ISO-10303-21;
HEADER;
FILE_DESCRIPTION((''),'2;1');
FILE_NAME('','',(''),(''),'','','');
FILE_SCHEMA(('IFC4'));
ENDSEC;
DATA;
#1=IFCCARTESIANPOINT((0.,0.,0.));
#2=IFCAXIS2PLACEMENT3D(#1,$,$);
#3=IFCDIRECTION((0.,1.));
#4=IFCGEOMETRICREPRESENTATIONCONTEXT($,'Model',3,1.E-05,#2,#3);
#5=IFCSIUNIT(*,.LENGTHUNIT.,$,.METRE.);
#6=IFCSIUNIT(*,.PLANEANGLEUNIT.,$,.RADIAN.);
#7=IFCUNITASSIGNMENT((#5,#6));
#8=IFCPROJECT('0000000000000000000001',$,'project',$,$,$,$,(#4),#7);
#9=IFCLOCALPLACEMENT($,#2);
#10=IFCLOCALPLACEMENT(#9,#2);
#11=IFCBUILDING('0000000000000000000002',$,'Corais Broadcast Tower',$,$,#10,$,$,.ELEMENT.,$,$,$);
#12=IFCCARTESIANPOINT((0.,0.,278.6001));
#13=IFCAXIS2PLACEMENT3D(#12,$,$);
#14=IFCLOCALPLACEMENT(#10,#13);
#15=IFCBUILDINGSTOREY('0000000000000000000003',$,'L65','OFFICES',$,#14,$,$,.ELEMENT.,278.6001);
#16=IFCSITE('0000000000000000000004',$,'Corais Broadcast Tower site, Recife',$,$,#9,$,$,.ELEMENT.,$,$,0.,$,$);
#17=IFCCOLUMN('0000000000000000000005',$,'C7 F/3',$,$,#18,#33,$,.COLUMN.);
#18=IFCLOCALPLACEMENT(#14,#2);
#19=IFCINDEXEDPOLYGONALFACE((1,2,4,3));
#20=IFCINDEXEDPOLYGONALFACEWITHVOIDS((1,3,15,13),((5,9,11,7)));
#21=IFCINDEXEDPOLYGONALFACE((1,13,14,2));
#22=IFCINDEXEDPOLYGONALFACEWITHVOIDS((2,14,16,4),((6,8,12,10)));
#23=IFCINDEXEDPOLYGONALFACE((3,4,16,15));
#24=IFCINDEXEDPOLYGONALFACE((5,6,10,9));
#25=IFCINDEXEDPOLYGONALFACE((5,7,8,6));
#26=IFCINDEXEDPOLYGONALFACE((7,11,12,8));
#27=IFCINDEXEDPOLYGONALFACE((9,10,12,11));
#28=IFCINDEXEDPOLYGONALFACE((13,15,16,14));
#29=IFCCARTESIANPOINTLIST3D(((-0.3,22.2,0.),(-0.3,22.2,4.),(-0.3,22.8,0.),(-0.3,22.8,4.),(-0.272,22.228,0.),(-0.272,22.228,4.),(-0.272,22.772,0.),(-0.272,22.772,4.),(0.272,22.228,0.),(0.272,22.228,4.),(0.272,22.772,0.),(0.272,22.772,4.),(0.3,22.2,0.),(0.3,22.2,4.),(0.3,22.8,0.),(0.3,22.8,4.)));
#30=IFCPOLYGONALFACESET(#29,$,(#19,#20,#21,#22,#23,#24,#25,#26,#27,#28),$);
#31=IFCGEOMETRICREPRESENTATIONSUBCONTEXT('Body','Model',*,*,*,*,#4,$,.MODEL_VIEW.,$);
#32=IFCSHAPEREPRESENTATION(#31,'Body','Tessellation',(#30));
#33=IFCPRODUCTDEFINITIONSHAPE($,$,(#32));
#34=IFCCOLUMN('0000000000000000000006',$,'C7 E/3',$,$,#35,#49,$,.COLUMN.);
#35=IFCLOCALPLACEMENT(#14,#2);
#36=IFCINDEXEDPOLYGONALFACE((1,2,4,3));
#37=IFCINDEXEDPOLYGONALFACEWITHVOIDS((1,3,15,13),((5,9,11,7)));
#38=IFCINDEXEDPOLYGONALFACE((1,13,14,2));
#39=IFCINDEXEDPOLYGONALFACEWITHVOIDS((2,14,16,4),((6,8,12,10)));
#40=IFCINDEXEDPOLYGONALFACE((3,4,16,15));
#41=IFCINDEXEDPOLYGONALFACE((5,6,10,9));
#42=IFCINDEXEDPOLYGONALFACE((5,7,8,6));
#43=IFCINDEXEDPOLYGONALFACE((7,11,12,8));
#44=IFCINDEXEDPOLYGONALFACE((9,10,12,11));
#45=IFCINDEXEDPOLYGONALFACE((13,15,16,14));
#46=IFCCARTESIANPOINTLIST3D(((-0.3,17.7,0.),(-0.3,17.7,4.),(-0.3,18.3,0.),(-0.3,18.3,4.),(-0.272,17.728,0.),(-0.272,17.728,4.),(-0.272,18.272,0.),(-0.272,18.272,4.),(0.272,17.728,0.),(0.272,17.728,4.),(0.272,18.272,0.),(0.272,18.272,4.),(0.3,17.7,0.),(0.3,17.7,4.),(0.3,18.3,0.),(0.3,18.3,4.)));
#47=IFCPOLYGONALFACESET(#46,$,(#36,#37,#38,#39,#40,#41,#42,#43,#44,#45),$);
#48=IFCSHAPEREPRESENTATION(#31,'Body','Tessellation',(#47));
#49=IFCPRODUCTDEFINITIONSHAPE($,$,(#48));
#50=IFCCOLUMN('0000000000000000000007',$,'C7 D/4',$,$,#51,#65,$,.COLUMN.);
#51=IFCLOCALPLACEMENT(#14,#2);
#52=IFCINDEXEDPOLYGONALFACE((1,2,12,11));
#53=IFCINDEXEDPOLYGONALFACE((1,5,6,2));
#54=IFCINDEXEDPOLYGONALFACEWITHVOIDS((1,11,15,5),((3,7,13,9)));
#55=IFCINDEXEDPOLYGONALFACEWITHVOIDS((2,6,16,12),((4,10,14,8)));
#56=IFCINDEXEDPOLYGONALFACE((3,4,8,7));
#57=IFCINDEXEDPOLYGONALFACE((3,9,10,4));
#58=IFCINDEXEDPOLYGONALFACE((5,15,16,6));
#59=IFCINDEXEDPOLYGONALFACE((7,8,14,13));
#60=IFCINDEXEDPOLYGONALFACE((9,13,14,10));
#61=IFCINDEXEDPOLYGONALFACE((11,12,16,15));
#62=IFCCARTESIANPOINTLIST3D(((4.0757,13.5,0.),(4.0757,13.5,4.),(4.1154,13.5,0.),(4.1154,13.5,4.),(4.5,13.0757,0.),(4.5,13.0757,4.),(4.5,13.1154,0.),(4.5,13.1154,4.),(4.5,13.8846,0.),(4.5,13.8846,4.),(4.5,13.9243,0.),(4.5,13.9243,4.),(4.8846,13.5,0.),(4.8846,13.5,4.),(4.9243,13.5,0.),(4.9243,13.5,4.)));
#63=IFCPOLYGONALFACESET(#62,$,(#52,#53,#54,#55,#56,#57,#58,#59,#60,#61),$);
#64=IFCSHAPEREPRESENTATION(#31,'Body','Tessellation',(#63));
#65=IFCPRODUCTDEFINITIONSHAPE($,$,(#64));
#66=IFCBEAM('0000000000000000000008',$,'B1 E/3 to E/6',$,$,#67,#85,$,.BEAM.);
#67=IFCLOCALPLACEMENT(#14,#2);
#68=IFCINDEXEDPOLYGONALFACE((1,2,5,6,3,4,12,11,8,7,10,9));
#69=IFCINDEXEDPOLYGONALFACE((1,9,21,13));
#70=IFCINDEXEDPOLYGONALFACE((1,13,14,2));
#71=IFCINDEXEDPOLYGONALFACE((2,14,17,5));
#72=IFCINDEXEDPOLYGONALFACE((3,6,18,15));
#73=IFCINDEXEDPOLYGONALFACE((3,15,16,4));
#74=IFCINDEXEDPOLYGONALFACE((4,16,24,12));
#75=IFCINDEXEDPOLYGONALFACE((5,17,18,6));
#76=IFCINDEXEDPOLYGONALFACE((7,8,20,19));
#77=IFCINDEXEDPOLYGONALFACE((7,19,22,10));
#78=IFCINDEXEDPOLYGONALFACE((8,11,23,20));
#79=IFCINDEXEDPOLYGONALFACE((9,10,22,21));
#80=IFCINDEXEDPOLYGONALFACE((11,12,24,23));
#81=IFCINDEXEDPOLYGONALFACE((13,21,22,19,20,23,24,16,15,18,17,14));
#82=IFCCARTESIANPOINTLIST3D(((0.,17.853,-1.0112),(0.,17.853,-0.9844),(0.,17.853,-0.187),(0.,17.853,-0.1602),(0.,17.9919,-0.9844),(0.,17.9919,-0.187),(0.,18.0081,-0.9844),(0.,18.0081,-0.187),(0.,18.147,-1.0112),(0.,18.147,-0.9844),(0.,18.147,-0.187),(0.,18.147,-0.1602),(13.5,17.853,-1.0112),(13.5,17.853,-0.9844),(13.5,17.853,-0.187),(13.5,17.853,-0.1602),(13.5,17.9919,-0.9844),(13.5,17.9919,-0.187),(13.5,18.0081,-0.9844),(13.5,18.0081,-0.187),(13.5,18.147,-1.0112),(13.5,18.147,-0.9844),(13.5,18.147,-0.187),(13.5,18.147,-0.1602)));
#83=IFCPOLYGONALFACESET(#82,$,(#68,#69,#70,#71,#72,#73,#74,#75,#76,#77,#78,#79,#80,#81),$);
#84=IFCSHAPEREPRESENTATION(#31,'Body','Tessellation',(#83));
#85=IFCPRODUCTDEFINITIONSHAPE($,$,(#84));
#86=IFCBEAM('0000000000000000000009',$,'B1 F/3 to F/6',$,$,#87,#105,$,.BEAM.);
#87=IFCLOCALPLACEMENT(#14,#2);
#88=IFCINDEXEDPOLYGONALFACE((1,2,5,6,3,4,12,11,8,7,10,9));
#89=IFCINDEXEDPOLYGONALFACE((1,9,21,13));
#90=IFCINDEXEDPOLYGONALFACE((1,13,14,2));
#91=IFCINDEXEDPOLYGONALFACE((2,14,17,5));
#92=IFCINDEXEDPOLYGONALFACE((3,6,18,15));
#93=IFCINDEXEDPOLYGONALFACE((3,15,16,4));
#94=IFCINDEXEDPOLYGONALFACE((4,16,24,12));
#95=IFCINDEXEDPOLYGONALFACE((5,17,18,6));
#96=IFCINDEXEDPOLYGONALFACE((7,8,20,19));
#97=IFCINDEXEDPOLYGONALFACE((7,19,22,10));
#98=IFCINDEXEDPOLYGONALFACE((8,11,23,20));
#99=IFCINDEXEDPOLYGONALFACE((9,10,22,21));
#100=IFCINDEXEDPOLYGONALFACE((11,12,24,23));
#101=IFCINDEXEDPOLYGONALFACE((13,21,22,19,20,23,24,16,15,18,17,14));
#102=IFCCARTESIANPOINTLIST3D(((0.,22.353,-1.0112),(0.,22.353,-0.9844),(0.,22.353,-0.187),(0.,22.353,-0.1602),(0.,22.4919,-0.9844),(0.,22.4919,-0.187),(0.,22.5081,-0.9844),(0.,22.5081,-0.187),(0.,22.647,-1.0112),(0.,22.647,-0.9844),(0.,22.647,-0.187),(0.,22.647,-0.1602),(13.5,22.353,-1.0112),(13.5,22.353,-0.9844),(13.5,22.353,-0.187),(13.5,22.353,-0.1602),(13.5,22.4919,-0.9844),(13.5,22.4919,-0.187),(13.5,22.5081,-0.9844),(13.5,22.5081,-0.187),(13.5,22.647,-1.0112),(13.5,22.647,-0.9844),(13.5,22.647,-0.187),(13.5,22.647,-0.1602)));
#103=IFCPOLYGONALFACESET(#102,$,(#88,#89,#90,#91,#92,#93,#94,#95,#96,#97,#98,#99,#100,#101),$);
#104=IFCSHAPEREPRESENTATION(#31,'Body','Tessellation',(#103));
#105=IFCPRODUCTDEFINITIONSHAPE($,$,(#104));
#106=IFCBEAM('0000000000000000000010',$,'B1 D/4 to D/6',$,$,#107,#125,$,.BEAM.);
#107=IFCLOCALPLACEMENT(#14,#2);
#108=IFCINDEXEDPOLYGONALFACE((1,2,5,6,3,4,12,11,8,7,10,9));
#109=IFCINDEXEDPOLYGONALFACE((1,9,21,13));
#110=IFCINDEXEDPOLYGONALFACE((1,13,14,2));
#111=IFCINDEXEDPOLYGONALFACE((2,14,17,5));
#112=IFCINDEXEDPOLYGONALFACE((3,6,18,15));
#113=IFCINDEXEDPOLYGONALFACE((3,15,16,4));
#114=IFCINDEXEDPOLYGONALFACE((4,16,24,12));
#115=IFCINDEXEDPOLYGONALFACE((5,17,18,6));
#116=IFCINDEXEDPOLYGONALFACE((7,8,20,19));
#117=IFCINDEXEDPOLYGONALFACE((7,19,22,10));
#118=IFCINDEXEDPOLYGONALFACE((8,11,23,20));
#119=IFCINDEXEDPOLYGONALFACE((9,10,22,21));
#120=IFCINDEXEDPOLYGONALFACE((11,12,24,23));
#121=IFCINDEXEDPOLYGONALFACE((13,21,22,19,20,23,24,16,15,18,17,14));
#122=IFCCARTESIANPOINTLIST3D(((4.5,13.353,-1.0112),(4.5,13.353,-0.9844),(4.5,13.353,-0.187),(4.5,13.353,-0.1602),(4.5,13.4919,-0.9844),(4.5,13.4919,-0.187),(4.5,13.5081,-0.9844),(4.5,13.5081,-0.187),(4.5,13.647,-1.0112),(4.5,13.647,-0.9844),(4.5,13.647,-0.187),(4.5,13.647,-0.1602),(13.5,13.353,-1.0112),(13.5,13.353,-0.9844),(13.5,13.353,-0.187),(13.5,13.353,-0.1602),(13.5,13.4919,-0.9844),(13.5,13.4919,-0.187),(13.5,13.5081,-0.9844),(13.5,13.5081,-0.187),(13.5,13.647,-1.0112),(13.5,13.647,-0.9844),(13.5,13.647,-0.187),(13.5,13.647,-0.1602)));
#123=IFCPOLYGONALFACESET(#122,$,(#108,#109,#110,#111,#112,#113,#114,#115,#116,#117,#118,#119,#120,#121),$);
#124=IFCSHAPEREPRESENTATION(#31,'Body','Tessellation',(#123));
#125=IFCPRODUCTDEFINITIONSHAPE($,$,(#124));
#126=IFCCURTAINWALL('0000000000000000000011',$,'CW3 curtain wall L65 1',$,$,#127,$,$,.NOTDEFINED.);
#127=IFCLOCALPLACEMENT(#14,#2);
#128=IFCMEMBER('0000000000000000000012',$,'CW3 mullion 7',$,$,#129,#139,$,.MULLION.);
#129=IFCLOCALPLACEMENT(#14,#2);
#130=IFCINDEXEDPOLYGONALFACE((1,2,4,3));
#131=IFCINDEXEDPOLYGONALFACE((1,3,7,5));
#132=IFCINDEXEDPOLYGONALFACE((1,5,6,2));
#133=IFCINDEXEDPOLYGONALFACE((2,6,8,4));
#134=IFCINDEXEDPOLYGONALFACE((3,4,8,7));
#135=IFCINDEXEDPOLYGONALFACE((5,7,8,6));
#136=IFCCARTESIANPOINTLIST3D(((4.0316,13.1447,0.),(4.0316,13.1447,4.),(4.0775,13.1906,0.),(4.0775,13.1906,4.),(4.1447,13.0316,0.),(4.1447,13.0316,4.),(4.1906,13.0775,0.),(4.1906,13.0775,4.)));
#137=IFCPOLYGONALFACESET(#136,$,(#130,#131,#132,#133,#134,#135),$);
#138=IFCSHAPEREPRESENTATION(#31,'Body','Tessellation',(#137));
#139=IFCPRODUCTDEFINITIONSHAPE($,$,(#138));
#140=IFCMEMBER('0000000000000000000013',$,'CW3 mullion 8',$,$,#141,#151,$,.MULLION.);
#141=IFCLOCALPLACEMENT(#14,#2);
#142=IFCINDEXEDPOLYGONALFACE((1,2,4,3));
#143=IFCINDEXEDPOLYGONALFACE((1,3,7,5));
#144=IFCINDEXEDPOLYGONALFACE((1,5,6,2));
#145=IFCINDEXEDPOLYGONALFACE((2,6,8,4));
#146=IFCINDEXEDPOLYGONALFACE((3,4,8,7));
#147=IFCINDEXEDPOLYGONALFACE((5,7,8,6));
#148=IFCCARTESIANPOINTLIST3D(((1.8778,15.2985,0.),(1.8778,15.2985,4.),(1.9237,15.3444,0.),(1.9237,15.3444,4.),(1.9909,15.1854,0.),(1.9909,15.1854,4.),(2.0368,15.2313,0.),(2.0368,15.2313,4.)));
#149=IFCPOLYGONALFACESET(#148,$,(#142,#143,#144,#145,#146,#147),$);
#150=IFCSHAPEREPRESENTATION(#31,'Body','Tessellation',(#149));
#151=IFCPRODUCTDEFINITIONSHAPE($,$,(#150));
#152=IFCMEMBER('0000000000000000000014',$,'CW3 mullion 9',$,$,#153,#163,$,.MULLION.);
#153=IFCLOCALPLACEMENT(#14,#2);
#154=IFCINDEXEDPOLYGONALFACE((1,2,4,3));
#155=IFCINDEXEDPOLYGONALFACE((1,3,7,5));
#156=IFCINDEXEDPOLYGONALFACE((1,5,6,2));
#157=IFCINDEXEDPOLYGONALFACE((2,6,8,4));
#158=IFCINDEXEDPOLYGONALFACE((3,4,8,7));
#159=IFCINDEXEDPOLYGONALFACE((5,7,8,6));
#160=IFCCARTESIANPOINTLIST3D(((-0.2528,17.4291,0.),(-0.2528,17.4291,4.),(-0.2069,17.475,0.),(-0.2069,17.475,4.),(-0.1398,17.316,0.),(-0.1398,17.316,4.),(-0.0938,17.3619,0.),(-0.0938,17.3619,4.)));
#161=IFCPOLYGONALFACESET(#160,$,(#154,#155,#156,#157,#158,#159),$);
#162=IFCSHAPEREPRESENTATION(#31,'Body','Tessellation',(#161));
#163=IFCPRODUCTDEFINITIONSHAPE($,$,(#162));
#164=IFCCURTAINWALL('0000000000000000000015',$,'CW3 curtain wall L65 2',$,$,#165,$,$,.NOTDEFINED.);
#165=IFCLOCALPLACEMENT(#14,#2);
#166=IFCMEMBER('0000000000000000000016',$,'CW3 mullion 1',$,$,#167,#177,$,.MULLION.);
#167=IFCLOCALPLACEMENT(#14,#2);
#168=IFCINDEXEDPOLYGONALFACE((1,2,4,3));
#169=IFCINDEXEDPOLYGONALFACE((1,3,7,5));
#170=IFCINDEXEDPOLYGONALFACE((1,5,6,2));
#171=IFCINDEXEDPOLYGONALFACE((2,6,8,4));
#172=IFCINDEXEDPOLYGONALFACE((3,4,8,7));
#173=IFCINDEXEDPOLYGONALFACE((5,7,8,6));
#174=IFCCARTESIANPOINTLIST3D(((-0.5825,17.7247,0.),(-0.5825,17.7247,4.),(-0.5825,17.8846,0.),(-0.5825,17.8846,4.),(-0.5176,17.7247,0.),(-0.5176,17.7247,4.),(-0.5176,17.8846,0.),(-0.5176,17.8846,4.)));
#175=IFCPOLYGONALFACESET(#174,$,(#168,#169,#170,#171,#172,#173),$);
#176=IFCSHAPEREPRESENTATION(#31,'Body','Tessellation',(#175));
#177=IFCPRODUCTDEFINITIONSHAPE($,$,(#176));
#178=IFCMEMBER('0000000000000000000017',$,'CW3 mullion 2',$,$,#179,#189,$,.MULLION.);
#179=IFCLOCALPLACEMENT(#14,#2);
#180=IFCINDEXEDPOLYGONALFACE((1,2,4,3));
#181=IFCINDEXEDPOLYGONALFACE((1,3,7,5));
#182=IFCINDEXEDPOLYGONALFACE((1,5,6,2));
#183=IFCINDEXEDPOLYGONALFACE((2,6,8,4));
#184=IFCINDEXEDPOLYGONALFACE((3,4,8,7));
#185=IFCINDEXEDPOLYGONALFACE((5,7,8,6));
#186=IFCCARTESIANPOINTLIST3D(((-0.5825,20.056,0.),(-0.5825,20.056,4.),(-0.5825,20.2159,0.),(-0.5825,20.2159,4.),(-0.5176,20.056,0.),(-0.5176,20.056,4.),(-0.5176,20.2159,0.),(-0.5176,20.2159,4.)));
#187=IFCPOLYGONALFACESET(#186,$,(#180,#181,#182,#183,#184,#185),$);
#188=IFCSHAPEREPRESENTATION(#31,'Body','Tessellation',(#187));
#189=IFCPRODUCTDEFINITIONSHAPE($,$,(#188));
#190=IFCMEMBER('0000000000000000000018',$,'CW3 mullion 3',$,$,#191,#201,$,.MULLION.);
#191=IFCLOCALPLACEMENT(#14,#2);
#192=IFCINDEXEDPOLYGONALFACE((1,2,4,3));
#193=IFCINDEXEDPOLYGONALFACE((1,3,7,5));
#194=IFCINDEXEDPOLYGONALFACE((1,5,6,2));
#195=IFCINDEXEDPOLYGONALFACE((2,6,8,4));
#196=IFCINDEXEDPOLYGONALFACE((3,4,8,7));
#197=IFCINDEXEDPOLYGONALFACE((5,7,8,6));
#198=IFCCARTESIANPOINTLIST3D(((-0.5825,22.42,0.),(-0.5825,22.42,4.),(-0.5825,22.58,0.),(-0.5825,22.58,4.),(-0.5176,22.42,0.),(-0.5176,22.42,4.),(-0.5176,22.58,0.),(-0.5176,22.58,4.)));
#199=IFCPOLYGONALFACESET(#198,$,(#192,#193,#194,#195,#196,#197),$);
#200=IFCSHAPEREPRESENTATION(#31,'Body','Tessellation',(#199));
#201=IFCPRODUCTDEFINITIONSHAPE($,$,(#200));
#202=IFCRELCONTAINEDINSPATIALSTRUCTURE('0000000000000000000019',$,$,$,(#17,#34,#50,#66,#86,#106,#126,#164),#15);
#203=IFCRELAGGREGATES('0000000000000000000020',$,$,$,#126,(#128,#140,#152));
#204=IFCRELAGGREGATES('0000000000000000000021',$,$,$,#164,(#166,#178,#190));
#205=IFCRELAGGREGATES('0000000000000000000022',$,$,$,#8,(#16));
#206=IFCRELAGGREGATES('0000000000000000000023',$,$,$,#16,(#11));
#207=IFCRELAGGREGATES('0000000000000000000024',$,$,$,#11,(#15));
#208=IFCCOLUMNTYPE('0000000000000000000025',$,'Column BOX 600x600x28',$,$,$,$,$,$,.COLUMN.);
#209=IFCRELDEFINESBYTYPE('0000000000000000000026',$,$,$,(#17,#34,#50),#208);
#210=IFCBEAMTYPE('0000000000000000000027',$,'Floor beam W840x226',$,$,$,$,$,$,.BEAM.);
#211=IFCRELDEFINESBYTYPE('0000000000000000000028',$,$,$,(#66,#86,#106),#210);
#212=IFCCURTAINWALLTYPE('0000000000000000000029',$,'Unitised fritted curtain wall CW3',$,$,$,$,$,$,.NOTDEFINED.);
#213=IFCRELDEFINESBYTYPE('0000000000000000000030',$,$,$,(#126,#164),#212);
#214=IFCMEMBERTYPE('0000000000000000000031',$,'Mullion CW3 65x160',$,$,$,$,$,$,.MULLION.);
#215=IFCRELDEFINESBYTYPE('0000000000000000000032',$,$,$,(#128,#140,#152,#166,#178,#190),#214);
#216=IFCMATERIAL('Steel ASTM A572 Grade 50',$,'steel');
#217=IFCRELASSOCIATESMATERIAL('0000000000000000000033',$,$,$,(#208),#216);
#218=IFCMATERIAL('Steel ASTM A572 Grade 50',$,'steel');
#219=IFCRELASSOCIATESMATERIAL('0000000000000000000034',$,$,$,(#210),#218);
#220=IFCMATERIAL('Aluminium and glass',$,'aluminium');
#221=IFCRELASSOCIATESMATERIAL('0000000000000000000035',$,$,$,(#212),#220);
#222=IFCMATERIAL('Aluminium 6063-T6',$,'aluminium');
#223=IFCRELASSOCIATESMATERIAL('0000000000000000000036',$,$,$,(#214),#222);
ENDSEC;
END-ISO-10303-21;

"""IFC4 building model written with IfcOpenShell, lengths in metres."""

from ifc_helpers import new_model, si_unit, direction, frame, origin, origin_2d, place, context, subcontext, project, spatial, rectangle, hollow_rectangle, i_section, extrude, material, material_profile, profile_set, type_object, element, aggregate, save


model = new_model("IFC4")

# Units and contexts
model_context = context("Model", 3, precision=1e-05, world=origin(), true_north=direction((0.0, 1.0)))
body_context = subcontext(model_context, "Body", "Model", "MODEL_VIEW")
ifc_project = project(units=[si_unit("LENGTHUNIT", "METRE"), si_unit("PLANEANGLEUNIT", "RADIAN")], contexts=[model_context])

# Site, building, storey
site_placement = place(None, origin())
site = spatial("IfcSite", under=ifc_project, at=site_placement, Name="Corais Broadcast Tower site, Recife", CompositionType="ELEMENT", RefElevation=0.0)
building_placement = place(site_placement, origin())
building = spatial("IfcBuilding", under=site, at=building_placement, Name="Corais Broadcast Tower", CompositionType="ELEMENT")
storey_placement = place(building_placement, frame((0.0, 0.0, 278.6001)))
storey = spatial("IfcBuildingStorey", under=building, at=storey_placement, Name="L65", Description="OFFICES", CompositionType="ELEMENT", Elevation=278.6001)

# Columns
ifc_material_1 = material(Name="Steel ASTM A572 Grade 50", Category="steel")
ifc_material_profile_1 = material_profile(ifc_material_1, hollow_rectangle(XDim=0.6001, YDim=0.6001, WallThickness=0.0281, at=origin_2d()), Name="BOX 600x600x28")
ifc_profile_set_1 = profile_set([ifc_material_profile_1], Name="Steel ASTM A572 Grade 50")
column_type = type_object("IfcColumnType", Name="Column BOX 600x600x28", PredefinedType="COLUMN", material=ifc_profile_set_1)
for number, where, z_axis, x_axis, name in (
    (1, (0.0, 22.5, 0.0), (0.0, 0.0, 1.0), (1.0, 0.0, 0.0), "C7 F/3"),
    (2, (0.0, 18.0, 0.0), (0.0, 0.0, 1.0), (1.0, 0.0, 0.0), "C7 E/3"),
    (3, (4.5, 13.5, 0.0), (0.0, 0.0, 1.0), (0.707107, 0.707107, 0.0), "C7 D/4"),
):
    element("IfcColumn", number, at=place(storey_placement, frame(where, z_axis=z_axis, x_axis=x_axis)), inside=storey, type_object=column_type, Name=name, PredefinedType="COLUMN", context=body_context, shape_type="SweptSolid", body=[
        extrude(hollow_rectangle(XDim=0.6001, YDim=0.6001, WallThickness=0.0281, at=origin_2d()), origin(), (0.0, 0.0, 1.0), 4.0),
    ])

# Beams
ifc_material_2 = material(Name="Steel ASTM A572 Grade 50", Category="steel")
ifc_material_profile_2 = material_profile(ifc_material_2, i_section(OverallWidth=0.2939, OverallDepth=0.8511, WebThickness=0.0161, FlangeThickness=0.0269, at=origin_2d()), Name="W840x226")
ifc_profile_set_2 = profile_set([ifc_material_profile_2], Name="Steel ASTM A572 Grade 50")
beam_type_1 = type_object("IfcBeamType", Name="Floor beam W840x226", PredefinedType="BEAM", material=ifc_profile_set_2)
for number, where, z_axis, x_axis, name in (
    (4, (0.0, 18.0, -0.5857), (1.0, 0.0, 0.0), (0.0, 1.0, 0.0), "B1 E/3 to E/6"),
    (5, (0.0, 22.5, -0.5857), (1.0, 0.0, 0.0), (0.0, 1.0, 0.0), "B1 F/3 to F/6"),
):
    element("IfcBeam", number, at=place(storey_placement, frame(where, z_axis=z_axis, x_axis=x_axis)), inside=storey, type_object=beam_type_1, Name=name, PredefinedType="BEAM", context=body_context, shape_type="SweptSolid", body=[
        extrude(i_section(OverallWidth=0.2939, OverallDepth=0.8511, WebThickness=0.0161, FlangeThickness=0.0269, at=origin_2d()), origin(), (0.0, 0.0, 1.0), 13.5),
    ])
beam_1_placement = place(storey_placement, frame((4.5, 13.5, -0.5857), z_axis=(1.0, 0.0, 0.0), x_axis=(0.0, 1.0, 0.0)))
element("IfcBeam", 6, at=beam_1_placement, inside=storey, type_object=beam_type_1, Name="B1 D/4 to D/6", PredefinedType="BEAM", context=body_context, shape_type="SweptSolid", body=[
    extrude(i_section(OverallWidth=0.2939, OverallDepth=0.8511, WebThickness=0.0161, FlangeThickness=0.0269, at=origin_2d()), origin(), (0.0, 0.0, 1.0), 9.0),
])

# Curtain walls, members
ifc_material_3 = material(Name="Aluminium and glass", Category="aluminium")
curtain_wall_type = type_object("IfcCurtainWallType", Name="Unitised fritted curtain wall CW3", PredefinedType="NOTDEFINED", material=ifc_material_3)
curtain_wall_1_placement = place(storey_placement, origin())
curtain_wall_1 = element("IfcCurtainWall", 7, at=curtain_wall_1_placement, inside=storey, type_object=curtain_wall_type, Name="CW3 curtain wall L65 1", PredefinedType="NOTDEFINED")
ifc_material_4 = material(Name="Aluminium 6063-T6", Category="aluminium")
ifc_material_profile_3 = material_profile(ifc_material_4, rectangle(XDim=0.0649, YDim=0.1599, at=origin_2d()), Name="Mullion CW3 65x160")
ifc_profile_set_3 = profile_set([ifc_material_profile_3], Name="Aluminium 6063-T6")
member_type_1 = type_object("IfcMemberType", Name="Mullion CW3 65x160", PredefinedType="MULLION", material=ifc_profile_set_3)
member_1_placement = place(storey_placement, frame((4.1111, 13.1111, 0.0), z_axis=(0.0, 0.0, 1.0), x_axis=(-0.707107, -0.707107, 0.0)))
member_1 = element("IfcMember", 8, at=member_1_placement, type_object=member_type_1, Name="CW3 mullion 7", PredefinedType="MULLION", context=body_context, shape_type="SweptSolid", body=[
    extrude(rectangle(XDim=0.0649, YDim=0.1599, at=origin_2d()), origin(), (0.0, 0.0, 1.0), 4.0),
])
member_2_placement = place(storey_placement, frame((1.9573, 15.2649, 0.0), z_axis=(0.0, 0.0, 1.0), x_axis=(-0.707107, -0.707107, 0.0)))
member_2 = element("IfcMember", 9, at=member_2_placement, type_object=member_type_1, Name="CW3 mullion 8", PredefinedType="MULLION", context=body_context, shape_type="SweptSolid", body=[
    extrude(rectangle(XDim=0.0649, YDim=0.1599, at=origin_2d()), origin(), (0.0, 0.0, 1.0), 4.0),
])
member_3_placement = place(storey_placement, frame((-0.1733, 17.3955, 0.0), z_axis=(0.0, 0.0, 1.0), x_axis=(-0.707107, -0.707107, 0.0)))
member_3 = element("IfcMember", 10, at=member_3_placement, type_object=member_type_1, Name="CW3 mullion 9", PredefinedType="MULLION", context=body_context, shape_type="SweptSolid", body=[
    extrude(rectangle(XDim=0.0649, YDim=0.1599, at=origin_2d()), origin(), (0.0, 0.0, 1.0), 4.0),
])
curtain_wall_2_placement = place(storey_placement, origin())
curtain_wall_2 = element("IfcCurtainWall", 11, at=curtain_wall_2_placement, inside=storey, type_object=curtain_wall_type, Name="CW3 curtain wall L65 2", PredefinedType="NOTDEFINED")
member_4_placement = place(storey_placement, frame((-0.55, 17.8047, 0.0), z_axis=(0.0, 0.0, 1.0), x_axis=(-1.0, 0.0, 0.0)))
member_4 = element("IfcMember", 12, at=member_4_placement, type_object=member_type_1, Name="CW3 mullion 1", PredefinedType="MULLION", context=body_context, shape_type="SweptSolid", body=[
    extrude(rectangle(XDim=0.0649, YDim=0.1599, at=origin_2d()), origin(), (0.0, 0.0, 1.0), 4.0),
])
member_5_placement = place(storey_placement, frame((-0.55, 20.136, 0.0), z_axis=(0.0, 0.0, 1.0), x_axis=(-1.0, 0.0, 0.0)))
member_5 = element("IfcMember", 13, at=member_5_placement, type_object=member_type_1, Name="CW3 mullion 2", PredefinedType="MULLION", context=body_context, shape_type="SweptSolid", body=[
    extrude(rectangle(XDim=0.0649, YDim=0.1599, at=origin_2d()), origin(), (0.0, 0.0, 1.0), 4.0),
])
member_6_placement = place(storey_placement, frame((-0.55, 22.5, 0.0), z_axis=(0.0, 0.0, 1.0), x_axis=(-1.0, 0.0, 0.0)))
member_6 = element("IfcMember", 14, at=member_6_placement, type_object=member_type_1, Name="CW3 mullion 3", PredefinedType="MULLION", context=body_context, shape_type="SweptSolid", body=[
    extrude(rectangle(XDim=0.0649, YDim=0.1599, at=origin_2d()), origin(), (0.0, 0.0, 1.0), 4.0),
])

aggregate(curtain_wall_1, [member_1, member_2, member_3])
aggregate(curtain_wall_2, [member_4, member_5, member_6])

save(model, "model.ifc")
